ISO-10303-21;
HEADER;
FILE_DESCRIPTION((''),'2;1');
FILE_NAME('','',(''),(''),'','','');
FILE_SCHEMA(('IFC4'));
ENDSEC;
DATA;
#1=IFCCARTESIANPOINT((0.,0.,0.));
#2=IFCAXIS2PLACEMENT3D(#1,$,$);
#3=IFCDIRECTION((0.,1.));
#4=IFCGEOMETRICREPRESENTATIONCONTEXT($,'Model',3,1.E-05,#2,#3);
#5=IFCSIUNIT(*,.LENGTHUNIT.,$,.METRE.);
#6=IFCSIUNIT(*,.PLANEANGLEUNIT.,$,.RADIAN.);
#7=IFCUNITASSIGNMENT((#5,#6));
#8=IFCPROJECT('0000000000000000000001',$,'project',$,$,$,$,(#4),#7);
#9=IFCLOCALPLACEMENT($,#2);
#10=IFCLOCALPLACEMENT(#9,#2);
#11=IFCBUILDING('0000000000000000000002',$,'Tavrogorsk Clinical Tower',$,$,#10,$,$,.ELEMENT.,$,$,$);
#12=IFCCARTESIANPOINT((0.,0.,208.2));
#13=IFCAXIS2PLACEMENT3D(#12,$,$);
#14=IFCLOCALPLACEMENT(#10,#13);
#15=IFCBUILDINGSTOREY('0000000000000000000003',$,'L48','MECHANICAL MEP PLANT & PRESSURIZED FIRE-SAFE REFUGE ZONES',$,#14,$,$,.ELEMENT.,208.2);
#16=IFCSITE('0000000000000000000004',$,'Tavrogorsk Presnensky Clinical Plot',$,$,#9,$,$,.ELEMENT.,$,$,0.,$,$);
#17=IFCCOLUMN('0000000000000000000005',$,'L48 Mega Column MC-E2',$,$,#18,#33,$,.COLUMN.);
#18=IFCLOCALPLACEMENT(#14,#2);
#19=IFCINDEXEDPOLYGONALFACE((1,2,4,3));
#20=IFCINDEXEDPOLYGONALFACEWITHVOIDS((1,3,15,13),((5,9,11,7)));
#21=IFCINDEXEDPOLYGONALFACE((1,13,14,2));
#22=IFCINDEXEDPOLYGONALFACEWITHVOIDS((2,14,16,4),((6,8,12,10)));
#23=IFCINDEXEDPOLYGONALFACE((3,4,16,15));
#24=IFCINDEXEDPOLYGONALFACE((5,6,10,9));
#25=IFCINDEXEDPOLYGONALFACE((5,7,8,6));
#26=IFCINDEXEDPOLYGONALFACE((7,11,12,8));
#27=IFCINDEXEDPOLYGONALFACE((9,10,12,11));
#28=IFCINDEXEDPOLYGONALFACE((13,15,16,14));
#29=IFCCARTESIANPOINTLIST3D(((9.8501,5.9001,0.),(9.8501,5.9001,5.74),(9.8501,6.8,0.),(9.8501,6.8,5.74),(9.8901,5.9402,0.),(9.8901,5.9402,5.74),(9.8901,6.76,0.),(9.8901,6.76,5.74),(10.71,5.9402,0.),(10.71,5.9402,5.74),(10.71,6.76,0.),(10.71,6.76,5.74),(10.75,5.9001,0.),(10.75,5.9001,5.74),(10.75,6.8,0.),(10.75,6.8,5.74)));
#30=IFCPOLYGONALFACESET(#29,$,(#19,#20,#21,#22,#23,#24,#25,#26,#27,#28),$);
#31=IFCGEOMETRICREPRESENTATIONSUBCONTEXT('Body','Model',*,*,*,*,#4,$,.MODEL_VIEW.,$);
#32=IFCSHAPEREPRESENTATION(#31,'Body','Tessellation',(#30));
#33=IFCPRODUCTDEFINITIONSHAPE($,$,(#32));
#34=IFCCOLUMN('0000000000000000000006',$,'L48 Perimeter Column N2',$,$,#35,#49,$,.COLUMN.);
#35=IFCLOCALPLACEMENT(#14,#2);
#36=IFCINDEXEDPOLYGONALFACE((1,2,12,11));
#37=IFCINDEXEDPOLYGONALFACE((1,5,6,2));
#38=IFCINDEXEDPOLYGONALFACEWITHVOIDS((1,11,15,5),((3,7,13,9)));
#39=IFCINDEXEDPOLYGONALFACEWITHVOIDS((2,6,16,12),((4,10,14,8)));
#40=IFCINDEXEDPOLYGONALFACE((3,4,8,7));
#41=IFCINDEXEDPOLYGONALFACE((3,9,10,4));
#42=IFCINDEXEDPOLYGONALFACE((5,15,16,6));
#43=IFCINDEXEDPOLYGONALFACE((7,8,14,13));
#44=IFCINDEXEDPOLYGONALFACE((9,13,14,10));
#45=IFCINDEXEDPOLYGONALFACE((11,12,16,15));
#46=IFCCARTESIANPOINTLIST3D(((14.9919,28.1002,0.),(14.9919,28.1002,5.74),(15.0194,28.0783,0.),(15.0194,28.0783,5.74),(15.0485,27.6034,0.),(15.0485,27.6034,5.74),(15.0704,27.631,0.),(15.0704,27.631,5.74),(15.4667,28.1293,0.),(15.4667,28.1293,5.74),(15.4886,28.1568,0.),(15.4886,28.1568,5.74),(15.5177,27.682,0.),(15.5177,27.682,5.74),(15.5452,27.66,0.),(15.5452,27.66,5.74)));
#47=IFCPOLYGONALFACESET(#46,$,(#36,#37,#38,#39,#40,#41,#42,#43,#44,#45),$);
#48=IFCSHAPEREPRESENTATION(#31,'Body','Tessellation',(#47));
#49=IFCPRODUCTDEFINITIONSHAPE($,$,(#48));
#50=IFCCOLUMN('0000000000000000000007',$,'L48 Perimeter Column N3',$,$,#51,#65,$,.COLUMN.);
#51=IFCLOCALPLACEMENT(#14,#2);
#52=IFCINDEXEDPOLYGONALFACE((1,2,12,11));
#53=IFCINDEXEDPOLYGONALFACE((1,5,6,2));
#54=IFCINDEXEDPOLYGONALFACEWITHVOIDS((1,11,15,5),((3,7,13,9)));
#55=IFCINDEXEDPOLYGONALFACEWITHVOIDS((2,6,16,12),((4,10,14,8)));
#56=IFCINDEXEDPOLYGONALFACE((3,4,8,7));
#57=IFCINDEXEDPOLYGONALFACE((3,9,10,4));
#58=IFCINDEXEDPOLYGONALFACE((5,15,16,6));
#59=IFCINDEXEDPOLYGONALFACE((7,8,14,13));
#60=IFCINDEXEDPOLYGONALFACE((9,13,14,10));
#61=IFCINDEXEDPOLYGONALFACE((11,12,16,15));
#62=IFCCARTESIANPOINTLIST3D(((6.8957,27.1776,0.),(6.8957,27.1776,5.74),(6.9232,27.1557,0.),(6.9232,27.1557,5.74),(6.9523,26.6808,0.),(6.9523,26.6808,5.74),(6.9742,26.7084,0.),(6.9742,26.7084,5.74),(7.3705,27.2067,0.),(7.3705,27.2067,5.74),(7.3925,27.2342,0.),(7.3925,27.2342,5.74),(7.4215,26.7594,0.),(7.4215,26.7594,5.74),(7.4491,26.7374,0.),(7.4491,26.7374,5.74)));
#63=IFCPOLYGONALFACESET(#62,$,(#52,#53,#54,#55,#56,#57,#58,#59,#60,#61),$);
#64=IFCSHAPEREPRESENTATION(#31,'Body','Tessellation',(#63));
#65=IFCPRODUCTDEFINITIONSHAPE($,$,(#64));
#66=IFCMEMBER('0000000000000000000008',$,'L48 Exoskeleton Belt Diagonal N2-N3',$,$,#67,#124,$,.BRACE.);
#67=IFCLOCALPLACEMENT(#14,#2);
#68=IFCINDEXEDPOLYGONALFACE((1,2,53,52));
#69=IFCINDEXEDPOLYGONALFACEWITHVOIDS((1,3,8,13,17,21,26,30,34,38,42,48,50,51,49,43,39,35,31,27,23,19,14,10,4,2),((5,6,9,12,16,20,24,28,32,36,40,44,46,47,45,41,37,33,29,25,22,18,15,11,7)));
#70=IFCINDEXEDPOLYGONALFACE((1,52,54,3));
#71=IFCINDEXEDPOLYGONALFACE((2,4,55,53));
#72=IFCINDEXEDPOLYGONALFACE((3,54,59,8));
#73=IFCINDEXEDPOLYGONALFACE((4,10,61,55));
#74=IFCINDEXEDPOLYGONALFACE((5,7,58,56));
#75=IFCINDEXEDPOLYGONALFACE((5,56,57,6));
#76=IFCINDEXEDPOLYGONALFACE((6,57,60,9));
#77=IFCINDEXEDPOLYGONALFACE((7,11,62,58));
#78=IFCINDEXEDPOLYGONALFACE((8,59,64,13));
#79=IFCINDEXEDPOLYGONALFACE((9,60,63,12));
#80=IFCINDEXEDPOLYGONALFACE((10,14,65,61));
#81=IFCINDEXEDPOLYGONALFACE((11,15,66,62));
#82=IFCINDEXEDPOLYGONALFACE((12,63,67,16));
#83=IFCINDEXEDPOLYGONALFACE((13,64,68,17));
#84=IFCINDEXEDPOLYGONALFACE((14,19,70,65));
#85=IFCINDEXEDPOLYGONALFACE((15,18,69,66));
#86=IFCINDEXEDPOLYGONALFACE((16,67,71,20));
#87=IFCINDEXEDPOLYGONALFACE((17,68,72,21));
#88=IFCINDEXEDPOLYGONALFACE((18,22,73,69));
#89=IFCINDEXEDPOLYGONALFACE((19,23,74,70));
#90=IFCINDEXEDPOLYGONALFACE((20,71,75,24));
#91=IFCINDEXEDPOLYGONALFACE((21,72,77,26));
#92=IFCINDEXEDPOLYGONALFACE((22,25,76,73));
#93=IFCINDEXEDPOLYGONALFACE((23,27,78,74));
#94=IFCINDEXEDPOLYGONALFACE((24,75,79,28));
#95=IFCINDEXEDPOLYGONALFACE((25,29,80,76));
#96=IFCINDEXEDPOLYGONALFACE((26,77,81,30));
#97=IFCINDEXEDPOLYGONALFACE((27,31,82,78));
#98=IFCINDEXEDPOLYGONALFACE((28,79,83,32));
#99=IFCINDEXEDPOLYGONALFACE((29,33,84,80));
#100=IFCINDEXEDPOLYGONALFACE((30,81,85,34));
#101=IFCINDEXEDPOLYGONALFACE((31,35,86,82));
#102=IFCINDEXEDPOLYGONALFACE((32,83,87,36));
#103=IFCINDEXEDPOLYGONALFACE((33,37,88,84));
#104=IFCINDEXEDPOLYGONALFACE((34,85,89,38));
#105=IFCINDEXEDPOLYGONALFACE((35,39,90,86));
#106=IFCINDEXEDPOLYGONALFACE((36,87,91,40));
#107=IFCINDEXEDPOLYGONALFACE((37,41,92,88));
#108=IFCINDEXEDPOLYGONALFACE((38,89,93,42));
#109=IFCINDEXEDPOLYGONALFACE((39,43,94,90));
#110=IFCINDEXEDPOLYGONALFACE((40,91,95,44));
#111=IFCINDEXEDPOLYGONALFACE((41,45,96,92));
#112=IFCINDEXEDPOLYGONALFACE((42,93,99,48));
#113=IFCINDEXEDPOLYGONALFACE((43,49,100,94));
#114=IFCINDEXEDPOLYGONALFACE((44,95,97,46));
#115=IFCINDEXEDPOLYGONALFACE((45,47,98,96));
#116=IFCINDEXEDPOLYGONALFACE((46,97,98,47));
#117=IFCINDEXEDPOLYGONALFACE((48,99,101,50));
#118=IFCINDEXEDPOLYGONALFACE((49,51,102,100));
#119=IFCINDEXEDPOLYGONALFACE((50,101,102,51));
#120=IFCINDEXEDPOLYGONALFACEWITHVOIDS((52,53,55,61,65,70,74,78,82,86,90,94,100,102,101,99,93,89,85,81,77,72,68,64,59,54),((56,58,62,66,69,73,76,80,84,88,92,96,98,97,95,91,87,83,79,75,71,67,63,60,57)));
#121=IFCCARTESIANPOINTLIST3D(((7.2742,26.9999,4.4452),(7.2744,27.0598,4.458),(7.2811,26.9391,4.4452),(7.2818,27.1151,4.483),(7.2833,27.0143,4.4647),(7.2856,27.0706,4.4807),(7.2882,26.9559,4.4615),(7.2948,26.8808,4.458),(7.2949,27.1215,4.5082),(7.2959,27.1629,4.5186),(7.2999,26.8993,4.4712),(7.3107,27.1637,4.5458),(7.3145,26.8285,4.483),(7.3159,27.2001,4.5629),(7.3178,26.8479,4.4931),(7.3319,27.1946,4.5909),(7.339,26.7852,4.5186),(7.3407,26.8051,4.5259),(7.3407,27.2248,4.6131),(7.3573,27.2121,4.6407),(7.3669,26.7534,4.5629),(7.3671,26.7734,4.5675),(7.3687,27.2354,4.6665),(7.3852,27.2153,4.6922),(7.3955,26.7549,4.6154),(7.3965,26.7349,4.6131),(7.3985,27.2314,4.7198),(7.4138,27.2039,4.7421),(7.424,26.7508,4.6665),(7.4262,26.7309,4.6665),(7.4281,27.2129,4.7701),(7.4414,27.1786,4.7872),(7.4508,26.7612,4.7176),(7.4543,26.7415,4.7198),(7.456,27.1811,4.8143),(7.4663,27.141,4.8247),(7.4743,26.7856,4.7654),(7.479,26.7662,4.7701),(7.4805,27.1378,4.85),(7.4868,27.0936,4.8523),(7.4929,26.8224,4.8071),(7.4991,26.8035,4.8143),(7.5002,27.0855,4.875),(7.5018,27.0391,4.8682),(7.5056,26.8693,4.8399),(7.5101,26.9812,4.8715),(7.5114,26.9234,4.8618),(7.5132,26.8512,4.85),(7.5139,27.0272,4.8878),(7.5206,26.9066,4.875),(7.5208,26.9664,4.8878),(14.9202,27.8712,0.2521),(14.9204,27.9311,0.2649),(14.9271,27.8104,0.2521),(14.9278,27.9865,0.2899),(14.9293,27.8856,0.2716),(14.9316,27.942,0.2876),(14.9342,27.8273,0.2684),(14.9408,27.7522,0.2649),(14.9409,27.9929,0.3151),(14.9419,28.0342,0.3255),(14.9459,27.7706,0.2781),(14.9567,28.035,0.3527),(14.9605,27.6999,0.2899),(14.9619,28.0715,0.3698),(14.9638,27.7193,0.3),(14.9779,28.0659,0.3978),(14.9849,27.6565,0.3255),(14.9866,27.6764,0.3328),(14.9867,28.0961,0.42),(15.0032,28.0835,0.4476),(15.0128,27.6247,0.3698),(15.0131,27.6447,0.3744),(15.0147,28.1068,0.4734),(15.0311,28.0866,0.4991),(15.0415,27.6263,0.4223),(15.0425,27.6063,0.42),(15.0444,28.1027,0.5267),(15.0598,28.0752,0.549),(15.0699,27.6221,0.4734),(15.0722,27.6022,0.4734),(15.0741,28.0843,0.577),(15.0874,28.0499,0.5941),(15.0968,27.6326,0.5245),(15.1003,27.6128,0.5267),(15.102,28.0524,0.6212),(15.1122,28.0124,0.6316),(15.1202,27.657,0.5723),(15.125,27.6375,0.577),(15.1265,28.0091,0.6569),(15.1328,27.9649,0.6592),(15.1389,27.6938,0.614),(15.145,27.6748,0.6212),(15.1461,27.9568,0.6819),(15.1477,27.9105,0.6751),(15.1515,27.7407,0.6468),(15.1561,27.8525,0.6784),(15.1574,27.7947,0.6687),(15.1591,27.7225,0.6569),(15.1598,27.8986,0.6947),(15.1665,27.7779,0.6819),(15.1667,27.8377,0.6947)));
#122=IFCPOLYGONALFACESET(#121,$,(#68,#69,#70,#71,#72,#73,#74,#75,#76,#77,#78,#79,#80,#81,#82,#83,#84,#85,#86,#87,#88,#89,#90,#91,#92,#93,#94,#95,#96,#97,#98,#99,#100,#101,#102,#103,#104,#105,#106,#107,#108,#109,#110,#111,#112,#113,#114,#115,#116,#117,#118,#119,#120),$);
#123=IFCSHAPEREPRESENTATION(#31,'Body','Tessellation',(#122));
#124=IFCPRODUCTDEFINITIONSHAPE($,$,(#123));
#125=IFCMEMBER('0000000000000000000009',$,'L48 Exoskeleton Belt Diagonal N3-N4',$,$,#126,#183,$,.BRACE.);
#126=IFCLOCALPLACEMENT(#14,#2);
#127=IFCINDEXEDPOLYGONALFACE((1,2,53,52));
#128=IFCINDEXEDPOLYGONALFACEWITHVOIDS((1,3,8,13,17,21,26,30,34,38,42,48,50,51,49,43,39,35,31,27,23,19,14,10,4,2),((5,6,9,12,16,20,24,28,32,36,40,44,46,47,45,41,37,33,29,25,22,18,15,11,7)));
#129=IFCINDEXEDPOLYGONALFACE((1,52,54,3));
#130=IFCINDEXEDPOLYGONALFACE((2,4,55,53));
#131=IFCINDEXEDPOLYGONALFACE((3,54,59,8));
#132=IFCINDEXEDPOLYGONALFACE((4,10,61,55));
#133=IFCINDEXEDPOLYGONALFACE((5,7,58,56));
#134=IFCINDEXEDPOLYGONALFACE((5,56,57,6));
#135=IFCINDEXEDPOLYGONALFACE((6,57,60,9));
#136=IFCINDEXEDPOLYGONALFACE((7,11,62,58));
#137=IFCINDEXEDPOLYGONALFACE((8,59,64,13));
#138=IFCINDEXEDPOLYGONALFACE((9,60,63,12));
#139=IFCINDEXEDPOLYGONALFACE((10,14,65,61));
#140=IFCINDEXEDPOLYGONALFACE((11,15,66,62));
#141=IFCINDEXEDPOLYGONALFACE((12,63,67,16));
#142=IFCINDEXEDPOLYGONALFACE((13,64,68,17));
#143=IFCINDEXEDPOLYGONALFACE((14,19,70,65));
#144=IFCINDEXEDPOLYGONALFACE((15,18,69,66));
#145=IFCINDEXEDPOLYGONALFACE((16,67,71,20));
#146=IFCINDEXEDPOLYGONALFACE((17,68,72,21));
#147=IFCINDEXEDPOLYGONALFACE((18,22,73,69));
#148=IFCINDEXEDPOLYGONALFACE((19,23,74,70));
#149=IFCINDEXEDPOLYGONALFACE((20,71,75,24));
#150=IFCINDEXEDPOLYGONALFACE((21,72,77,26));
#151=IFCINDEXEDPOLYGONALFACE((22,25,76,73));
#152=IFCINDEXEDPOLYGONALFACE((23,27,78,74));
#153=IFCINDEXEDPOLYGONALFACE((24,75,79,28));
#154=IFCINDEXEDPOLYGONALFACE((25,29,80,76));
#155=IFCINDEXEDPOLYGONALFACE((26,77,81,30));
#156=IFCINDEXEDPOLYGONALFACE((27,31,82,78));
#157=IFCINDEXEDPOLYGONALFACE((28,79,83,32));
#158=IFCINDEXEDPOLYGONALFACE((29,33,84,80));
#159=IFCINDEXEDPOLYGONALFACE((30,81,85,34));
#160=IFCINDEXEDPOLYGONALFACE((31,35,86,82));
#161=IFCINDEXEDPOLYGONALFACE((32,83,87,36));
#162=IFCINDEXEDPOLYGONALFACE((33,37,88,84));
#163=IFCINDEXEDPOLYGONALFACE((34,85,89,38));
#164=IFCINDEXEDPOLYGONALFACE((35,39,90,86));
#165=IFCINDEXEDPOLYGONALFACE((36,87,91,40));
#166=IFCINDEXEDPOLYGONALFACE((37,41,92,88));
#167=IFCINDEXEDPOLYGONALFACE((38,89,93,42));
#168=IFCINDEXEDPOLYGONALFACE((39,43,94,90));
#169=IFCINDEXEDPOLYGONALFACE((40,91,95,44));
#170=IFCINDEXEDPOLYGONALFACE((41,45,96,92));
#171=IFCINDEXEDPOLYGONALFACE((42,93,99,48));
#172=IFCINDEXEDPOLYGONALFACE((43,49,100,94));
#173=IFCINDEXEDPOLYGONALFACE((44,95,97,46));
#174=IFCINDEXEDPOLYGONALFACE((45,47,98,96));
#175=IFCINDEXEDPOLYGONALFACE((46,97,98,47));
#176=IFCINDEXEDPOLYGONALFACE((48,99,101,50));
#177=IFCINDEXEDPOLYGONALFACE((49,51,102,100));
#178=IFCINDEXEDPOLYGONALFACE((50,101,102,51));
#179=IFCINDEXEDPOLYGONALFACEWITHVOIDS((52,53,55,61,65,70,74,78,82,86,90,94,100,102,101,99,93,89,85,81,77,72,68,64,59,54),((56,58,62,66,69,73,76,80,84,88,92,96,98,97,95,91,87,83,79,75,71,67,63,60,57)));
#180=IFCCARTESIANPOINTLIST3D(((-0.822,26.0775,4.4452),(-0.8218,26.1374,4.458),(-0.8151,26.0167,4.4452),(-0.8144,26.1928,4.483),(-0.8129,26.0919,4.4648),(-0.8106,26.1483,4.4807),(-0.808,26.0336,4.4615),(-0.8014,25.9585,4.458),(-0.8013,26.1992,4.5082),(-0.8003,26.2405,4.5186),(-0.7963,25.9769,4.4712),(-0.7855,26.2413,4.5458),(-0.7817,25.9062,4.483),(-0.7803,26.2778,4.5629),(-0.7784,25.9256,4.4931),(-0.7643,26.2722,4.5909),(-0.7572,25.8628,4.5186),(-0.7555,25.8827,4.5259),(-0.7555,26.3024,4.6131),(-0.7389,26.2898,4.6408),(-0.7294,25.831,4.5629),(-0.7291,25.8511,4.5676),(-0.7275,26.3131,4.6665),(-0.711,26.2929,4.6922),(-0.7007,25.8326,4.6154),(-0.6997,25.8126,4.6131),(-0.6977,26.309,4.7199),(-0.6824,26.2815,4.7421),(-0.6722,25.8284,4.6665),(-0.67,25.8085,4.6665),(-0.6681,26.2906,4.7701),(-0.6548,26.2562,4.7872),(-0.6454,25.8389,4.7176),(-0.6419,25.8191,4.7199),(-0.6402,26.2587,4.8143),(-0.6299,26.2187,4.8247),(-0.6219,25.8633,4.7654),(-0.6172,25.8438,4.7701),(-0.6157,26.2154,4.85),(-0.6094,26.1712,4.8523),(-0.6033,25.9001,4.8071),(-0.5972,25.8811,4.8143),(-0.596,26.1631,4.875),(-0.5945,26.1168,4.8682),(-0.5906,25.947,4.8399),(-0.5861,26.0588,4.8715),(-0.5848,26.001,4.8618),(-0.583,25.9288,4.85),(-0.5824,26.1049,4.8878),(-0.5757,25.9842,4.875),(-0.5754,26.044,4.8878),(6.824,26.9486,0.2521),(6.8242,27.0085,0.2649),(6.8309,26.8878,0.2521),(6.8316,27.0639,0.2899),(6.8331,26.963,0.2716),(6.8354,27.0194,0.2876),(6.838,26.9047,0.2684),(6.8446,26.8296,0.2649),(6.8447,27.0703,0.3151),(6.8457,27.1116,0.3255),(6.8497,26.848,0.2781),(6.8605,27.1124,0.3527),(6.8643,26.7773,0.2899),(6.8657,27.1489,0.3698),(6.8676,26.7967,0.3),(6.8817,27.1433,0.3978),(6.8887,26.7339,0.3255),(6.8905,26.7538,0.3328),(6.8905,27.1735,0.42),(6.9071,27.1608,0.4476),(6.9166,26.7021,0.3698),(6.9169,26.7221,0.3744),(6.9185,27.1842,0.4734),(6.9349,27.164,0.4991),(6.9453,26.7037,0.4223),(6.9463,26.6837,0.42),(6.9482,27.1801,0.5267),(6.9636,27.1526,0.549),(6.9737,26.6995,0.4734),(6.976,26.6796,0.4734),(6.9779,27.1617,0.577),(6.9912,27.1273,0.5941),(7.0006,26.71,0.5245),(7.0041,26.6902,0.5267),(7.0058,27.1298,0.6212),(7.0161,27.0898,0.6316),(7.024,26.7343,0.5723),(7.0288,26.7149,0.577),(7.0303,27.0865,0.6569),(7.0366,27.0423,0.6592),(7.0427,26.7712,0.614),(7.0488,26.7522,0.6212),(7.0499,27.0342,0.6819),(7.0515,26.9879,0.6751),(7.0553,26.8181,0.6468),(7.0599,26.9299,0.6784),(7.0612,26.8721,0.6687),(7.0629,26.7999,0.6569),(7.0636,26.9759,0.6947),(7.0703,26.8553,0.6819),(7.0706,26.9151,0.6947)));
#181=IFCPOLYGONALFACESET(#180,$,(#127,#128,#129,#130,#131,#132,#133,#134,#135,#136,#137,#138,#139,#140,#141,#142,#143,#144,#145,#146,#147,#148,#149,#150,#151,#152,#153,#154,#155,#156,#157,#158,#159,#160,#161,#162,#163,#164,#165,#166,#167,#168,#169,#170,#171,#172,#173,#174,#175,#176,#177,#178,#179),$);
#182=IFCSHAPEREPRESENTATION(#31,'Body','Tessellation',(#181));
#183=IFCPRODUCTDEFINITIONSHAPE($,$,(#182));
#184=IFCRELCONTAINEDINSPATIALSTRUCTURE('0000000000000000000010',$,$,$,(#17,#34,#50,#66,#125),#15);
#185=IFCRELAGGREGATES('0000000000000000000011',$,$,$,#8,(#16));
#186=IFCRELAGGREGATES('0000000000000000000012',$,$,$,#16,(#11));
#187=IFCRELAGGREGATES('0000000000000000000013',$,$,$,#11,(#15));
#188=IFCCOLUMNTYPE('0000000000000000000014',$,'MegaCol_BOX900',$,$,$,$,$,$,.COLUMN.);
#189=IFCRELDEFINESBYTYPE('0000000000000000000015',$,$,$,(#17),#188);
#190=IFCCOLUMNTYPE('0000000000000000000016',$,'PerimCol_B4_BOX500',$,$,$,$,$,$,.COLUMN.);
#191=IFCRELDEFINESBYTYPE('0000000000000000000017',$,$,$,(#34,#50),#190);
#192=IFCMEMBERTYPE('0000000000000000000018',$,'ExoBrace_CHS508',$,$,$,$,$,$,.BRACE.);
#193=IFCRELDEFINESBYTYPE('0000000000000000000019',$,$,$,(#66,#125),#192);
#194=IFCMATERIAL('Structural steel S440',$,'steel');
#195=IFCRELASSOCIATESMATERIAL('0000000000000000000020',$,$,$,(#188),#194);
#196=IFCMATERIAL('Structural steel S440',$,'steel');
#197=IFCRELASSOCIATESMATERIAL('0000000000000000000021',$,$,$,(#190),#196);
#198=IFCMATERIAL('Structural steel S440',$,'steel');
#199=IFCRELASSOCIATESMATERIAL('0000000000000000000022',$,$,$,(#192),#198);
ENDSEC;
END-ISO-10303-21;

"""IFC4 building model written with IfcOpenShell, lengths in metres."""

from ifc_helpers import new_model, si_unit, direction, frame, origin, origin_2d, place, context, subcontext, project, spatial, hollow_rectangle, hollow_circle, extrude, material, material_profile, profile_set, type_object, element, save


model = new_model("IFC4")

# Units and contexts
model_context = context("Model", 3, precision=1e-05, world=origin(), true_north=direction((0.0, 1.0)))
body_context = subcontext(model_context, "Body", "Model", "MODEL_VIEW")
ifc_project = project(units=[si_unit("LENGTHUNIT", "METRE"), si_unit("PLANEANGLEUNIT", "RADIAN")], contexts=[model_context])

# Site, building, storey
site_placement = place(None, origin())
site = spatial("IfcSite", under=ifc_project, at=site_placement, Name="Tavrogorsk Presnensky Clinical Plot", CompositionType="ELEMENT", RefElevation=0.0)
building_placement = place(site_placement, origin())
building = spatial("IfcBuilding", under=site, at=building_placement, Name="Tavrogorsk Clinical Tower", CompositionType="ELEMENT")
storey_placement = place(building_placement, frame((0.0, 0.0, 208.2)))
storey = spatial("IfcBuildingStorey", under=building, at=storey_placement, Name="L48", Description="MECHANICAL MEP PLANT & PRESSURIZED FIRE-SAFE REFUGE ZONES", CompositionType="ELEMENT", Elevation=208.2)

# Columns
ifc_material_1 = material(Name="Structural steel S440", Category="steel")
ifc_material_profile_1 = material_profile(ifc_material_1, hollow_rectangle(XDim=0.8999, YDim=0.8999, WallThickness=0.04, at=origin_2d()), Name="BOX-900x900x40")
ifc_profile_set_1 = profile_set([ifc_material_profile_1], Name="Structural steel S440")
column_type_1 = type_object("IfcColumnType", Name="MegaCol_BOX900", PredefinedType="COLUMN", material=ifc_profile_set_1)
column_placement = place(storey_placement, frame((10.3, 6.3501, 0.0), z_axis=(0.0, 0.0, 1.0), x_axis=(1.0, 0.0, 0.0)))
element("IfcColumn", 1, at=column_placement, inside=storey, type_object=column_type_1, Name="L48 Mega Column MC-E2", PredefinedType="COLUMN", context=body_context, shape_type="SweptSolid", body=[
    extrude(hollow_rectangle(XDim=0.8999, YDim=0.8999, WallThickness=0.04, at=origin_2d()), origin(), (0.0, 0.0, 1.0), 5.74),
])
ifc_material_2 = material(Name="Structural steel S440", Category="steel")
ifc_material_profile_2 = material_profile(ifc_material_2, hollow_rectangle(XDim=0.5, YDim=0.5, WallThickness=0.0249, at=origin_2d()), Name="BOX-500x500x25")
ifc_profile_set_2 = profile_set([ifc_material_profile_2], Name="Structural steel S440")
column_type_2 = type_object("IfcColumnType", Name="PerimCol_B4_BOX500", PredefinedType="COLUMN", material=ifc_profile_set_2)
for number, where, z_axis, x_axis, name in (
    (2, (15.2686, 27.8801, 0.0), (0.0, 0.0, 1.0), (0.993572, 0.113203, 0.0), "L48 Perimeter Column N2"),
    (3, (7.1724, 26.9575, 0.0), (0.0, 0.0, 1.0), (0.993572, 0.113203, 0.0), "L48 Perimeter Column N3"),
):
    element("IfcColumn", number, at=place(storey_placement, frame(where, z_axis=z_axis, x_axis=x_axis)), inside=storey, type_object=column_type_2, Name=name, PredefinedType="COLUMN", context=body_context, shape_type="SweptSolid", body=[
        extrude(hollow_rectangle(XDim=0.5, YDim=0.5, WallThickness=0.0249, at=origin_2d()), origin(), (0.0, 0.0, 1.0), 5.74),
    ])

# Members
ifc_material_3 = material(Name="Structural steel S440", Category="steel")
ifc_material_profile_3 = material_profile(ifc_material_3, hollow_circle(Radius=0.2539, WallThickness=0.02, at=origin_2d()), Name="CHS-508x20")
ifc_profile_set_3 = profile_set([ifc_material_profile_3], Name="Structural steel S440")
member_type_1 = type_object("IfcMemberType", Name="ExoBrace_CHS508", PredefinedType="BRACE", material=ifc_profile_set_3)
for number, where, z_axis, x_axis, name in (
    (4, (15.0435, 27.8545, 0.4734), (-0.872461, -0.099426, 0.478463), (0.113227, -0.993569, 0.0), "L48 Exoskeleton Belt Diagonal N2-N3"),
    (5, (6.9473, 26.9319, 0.4734), (-0.872463, -0.099398, 0.478465), (0.113196, -0.993573, 0.0), "L48 Exoskeleton Belt Diagonal N3-N4"),
):
    element("IfcMember", number, at=place(storey_placement, frame(where, z_axis=z_axis, x_axis=x_axis)), inside=storey, type_object=member_type_1, Name=name, PredefinedType="BRACE", context=body_context, shape_type="SweptSolid", body=[
        extrude(hollow_circle(Radius=0.2539, WallThickness=0.02, at=origin_2d()), origin(), (0.0, 0.0, 1.0), 8.7637),
    ])

save(model, "model.ifc")
